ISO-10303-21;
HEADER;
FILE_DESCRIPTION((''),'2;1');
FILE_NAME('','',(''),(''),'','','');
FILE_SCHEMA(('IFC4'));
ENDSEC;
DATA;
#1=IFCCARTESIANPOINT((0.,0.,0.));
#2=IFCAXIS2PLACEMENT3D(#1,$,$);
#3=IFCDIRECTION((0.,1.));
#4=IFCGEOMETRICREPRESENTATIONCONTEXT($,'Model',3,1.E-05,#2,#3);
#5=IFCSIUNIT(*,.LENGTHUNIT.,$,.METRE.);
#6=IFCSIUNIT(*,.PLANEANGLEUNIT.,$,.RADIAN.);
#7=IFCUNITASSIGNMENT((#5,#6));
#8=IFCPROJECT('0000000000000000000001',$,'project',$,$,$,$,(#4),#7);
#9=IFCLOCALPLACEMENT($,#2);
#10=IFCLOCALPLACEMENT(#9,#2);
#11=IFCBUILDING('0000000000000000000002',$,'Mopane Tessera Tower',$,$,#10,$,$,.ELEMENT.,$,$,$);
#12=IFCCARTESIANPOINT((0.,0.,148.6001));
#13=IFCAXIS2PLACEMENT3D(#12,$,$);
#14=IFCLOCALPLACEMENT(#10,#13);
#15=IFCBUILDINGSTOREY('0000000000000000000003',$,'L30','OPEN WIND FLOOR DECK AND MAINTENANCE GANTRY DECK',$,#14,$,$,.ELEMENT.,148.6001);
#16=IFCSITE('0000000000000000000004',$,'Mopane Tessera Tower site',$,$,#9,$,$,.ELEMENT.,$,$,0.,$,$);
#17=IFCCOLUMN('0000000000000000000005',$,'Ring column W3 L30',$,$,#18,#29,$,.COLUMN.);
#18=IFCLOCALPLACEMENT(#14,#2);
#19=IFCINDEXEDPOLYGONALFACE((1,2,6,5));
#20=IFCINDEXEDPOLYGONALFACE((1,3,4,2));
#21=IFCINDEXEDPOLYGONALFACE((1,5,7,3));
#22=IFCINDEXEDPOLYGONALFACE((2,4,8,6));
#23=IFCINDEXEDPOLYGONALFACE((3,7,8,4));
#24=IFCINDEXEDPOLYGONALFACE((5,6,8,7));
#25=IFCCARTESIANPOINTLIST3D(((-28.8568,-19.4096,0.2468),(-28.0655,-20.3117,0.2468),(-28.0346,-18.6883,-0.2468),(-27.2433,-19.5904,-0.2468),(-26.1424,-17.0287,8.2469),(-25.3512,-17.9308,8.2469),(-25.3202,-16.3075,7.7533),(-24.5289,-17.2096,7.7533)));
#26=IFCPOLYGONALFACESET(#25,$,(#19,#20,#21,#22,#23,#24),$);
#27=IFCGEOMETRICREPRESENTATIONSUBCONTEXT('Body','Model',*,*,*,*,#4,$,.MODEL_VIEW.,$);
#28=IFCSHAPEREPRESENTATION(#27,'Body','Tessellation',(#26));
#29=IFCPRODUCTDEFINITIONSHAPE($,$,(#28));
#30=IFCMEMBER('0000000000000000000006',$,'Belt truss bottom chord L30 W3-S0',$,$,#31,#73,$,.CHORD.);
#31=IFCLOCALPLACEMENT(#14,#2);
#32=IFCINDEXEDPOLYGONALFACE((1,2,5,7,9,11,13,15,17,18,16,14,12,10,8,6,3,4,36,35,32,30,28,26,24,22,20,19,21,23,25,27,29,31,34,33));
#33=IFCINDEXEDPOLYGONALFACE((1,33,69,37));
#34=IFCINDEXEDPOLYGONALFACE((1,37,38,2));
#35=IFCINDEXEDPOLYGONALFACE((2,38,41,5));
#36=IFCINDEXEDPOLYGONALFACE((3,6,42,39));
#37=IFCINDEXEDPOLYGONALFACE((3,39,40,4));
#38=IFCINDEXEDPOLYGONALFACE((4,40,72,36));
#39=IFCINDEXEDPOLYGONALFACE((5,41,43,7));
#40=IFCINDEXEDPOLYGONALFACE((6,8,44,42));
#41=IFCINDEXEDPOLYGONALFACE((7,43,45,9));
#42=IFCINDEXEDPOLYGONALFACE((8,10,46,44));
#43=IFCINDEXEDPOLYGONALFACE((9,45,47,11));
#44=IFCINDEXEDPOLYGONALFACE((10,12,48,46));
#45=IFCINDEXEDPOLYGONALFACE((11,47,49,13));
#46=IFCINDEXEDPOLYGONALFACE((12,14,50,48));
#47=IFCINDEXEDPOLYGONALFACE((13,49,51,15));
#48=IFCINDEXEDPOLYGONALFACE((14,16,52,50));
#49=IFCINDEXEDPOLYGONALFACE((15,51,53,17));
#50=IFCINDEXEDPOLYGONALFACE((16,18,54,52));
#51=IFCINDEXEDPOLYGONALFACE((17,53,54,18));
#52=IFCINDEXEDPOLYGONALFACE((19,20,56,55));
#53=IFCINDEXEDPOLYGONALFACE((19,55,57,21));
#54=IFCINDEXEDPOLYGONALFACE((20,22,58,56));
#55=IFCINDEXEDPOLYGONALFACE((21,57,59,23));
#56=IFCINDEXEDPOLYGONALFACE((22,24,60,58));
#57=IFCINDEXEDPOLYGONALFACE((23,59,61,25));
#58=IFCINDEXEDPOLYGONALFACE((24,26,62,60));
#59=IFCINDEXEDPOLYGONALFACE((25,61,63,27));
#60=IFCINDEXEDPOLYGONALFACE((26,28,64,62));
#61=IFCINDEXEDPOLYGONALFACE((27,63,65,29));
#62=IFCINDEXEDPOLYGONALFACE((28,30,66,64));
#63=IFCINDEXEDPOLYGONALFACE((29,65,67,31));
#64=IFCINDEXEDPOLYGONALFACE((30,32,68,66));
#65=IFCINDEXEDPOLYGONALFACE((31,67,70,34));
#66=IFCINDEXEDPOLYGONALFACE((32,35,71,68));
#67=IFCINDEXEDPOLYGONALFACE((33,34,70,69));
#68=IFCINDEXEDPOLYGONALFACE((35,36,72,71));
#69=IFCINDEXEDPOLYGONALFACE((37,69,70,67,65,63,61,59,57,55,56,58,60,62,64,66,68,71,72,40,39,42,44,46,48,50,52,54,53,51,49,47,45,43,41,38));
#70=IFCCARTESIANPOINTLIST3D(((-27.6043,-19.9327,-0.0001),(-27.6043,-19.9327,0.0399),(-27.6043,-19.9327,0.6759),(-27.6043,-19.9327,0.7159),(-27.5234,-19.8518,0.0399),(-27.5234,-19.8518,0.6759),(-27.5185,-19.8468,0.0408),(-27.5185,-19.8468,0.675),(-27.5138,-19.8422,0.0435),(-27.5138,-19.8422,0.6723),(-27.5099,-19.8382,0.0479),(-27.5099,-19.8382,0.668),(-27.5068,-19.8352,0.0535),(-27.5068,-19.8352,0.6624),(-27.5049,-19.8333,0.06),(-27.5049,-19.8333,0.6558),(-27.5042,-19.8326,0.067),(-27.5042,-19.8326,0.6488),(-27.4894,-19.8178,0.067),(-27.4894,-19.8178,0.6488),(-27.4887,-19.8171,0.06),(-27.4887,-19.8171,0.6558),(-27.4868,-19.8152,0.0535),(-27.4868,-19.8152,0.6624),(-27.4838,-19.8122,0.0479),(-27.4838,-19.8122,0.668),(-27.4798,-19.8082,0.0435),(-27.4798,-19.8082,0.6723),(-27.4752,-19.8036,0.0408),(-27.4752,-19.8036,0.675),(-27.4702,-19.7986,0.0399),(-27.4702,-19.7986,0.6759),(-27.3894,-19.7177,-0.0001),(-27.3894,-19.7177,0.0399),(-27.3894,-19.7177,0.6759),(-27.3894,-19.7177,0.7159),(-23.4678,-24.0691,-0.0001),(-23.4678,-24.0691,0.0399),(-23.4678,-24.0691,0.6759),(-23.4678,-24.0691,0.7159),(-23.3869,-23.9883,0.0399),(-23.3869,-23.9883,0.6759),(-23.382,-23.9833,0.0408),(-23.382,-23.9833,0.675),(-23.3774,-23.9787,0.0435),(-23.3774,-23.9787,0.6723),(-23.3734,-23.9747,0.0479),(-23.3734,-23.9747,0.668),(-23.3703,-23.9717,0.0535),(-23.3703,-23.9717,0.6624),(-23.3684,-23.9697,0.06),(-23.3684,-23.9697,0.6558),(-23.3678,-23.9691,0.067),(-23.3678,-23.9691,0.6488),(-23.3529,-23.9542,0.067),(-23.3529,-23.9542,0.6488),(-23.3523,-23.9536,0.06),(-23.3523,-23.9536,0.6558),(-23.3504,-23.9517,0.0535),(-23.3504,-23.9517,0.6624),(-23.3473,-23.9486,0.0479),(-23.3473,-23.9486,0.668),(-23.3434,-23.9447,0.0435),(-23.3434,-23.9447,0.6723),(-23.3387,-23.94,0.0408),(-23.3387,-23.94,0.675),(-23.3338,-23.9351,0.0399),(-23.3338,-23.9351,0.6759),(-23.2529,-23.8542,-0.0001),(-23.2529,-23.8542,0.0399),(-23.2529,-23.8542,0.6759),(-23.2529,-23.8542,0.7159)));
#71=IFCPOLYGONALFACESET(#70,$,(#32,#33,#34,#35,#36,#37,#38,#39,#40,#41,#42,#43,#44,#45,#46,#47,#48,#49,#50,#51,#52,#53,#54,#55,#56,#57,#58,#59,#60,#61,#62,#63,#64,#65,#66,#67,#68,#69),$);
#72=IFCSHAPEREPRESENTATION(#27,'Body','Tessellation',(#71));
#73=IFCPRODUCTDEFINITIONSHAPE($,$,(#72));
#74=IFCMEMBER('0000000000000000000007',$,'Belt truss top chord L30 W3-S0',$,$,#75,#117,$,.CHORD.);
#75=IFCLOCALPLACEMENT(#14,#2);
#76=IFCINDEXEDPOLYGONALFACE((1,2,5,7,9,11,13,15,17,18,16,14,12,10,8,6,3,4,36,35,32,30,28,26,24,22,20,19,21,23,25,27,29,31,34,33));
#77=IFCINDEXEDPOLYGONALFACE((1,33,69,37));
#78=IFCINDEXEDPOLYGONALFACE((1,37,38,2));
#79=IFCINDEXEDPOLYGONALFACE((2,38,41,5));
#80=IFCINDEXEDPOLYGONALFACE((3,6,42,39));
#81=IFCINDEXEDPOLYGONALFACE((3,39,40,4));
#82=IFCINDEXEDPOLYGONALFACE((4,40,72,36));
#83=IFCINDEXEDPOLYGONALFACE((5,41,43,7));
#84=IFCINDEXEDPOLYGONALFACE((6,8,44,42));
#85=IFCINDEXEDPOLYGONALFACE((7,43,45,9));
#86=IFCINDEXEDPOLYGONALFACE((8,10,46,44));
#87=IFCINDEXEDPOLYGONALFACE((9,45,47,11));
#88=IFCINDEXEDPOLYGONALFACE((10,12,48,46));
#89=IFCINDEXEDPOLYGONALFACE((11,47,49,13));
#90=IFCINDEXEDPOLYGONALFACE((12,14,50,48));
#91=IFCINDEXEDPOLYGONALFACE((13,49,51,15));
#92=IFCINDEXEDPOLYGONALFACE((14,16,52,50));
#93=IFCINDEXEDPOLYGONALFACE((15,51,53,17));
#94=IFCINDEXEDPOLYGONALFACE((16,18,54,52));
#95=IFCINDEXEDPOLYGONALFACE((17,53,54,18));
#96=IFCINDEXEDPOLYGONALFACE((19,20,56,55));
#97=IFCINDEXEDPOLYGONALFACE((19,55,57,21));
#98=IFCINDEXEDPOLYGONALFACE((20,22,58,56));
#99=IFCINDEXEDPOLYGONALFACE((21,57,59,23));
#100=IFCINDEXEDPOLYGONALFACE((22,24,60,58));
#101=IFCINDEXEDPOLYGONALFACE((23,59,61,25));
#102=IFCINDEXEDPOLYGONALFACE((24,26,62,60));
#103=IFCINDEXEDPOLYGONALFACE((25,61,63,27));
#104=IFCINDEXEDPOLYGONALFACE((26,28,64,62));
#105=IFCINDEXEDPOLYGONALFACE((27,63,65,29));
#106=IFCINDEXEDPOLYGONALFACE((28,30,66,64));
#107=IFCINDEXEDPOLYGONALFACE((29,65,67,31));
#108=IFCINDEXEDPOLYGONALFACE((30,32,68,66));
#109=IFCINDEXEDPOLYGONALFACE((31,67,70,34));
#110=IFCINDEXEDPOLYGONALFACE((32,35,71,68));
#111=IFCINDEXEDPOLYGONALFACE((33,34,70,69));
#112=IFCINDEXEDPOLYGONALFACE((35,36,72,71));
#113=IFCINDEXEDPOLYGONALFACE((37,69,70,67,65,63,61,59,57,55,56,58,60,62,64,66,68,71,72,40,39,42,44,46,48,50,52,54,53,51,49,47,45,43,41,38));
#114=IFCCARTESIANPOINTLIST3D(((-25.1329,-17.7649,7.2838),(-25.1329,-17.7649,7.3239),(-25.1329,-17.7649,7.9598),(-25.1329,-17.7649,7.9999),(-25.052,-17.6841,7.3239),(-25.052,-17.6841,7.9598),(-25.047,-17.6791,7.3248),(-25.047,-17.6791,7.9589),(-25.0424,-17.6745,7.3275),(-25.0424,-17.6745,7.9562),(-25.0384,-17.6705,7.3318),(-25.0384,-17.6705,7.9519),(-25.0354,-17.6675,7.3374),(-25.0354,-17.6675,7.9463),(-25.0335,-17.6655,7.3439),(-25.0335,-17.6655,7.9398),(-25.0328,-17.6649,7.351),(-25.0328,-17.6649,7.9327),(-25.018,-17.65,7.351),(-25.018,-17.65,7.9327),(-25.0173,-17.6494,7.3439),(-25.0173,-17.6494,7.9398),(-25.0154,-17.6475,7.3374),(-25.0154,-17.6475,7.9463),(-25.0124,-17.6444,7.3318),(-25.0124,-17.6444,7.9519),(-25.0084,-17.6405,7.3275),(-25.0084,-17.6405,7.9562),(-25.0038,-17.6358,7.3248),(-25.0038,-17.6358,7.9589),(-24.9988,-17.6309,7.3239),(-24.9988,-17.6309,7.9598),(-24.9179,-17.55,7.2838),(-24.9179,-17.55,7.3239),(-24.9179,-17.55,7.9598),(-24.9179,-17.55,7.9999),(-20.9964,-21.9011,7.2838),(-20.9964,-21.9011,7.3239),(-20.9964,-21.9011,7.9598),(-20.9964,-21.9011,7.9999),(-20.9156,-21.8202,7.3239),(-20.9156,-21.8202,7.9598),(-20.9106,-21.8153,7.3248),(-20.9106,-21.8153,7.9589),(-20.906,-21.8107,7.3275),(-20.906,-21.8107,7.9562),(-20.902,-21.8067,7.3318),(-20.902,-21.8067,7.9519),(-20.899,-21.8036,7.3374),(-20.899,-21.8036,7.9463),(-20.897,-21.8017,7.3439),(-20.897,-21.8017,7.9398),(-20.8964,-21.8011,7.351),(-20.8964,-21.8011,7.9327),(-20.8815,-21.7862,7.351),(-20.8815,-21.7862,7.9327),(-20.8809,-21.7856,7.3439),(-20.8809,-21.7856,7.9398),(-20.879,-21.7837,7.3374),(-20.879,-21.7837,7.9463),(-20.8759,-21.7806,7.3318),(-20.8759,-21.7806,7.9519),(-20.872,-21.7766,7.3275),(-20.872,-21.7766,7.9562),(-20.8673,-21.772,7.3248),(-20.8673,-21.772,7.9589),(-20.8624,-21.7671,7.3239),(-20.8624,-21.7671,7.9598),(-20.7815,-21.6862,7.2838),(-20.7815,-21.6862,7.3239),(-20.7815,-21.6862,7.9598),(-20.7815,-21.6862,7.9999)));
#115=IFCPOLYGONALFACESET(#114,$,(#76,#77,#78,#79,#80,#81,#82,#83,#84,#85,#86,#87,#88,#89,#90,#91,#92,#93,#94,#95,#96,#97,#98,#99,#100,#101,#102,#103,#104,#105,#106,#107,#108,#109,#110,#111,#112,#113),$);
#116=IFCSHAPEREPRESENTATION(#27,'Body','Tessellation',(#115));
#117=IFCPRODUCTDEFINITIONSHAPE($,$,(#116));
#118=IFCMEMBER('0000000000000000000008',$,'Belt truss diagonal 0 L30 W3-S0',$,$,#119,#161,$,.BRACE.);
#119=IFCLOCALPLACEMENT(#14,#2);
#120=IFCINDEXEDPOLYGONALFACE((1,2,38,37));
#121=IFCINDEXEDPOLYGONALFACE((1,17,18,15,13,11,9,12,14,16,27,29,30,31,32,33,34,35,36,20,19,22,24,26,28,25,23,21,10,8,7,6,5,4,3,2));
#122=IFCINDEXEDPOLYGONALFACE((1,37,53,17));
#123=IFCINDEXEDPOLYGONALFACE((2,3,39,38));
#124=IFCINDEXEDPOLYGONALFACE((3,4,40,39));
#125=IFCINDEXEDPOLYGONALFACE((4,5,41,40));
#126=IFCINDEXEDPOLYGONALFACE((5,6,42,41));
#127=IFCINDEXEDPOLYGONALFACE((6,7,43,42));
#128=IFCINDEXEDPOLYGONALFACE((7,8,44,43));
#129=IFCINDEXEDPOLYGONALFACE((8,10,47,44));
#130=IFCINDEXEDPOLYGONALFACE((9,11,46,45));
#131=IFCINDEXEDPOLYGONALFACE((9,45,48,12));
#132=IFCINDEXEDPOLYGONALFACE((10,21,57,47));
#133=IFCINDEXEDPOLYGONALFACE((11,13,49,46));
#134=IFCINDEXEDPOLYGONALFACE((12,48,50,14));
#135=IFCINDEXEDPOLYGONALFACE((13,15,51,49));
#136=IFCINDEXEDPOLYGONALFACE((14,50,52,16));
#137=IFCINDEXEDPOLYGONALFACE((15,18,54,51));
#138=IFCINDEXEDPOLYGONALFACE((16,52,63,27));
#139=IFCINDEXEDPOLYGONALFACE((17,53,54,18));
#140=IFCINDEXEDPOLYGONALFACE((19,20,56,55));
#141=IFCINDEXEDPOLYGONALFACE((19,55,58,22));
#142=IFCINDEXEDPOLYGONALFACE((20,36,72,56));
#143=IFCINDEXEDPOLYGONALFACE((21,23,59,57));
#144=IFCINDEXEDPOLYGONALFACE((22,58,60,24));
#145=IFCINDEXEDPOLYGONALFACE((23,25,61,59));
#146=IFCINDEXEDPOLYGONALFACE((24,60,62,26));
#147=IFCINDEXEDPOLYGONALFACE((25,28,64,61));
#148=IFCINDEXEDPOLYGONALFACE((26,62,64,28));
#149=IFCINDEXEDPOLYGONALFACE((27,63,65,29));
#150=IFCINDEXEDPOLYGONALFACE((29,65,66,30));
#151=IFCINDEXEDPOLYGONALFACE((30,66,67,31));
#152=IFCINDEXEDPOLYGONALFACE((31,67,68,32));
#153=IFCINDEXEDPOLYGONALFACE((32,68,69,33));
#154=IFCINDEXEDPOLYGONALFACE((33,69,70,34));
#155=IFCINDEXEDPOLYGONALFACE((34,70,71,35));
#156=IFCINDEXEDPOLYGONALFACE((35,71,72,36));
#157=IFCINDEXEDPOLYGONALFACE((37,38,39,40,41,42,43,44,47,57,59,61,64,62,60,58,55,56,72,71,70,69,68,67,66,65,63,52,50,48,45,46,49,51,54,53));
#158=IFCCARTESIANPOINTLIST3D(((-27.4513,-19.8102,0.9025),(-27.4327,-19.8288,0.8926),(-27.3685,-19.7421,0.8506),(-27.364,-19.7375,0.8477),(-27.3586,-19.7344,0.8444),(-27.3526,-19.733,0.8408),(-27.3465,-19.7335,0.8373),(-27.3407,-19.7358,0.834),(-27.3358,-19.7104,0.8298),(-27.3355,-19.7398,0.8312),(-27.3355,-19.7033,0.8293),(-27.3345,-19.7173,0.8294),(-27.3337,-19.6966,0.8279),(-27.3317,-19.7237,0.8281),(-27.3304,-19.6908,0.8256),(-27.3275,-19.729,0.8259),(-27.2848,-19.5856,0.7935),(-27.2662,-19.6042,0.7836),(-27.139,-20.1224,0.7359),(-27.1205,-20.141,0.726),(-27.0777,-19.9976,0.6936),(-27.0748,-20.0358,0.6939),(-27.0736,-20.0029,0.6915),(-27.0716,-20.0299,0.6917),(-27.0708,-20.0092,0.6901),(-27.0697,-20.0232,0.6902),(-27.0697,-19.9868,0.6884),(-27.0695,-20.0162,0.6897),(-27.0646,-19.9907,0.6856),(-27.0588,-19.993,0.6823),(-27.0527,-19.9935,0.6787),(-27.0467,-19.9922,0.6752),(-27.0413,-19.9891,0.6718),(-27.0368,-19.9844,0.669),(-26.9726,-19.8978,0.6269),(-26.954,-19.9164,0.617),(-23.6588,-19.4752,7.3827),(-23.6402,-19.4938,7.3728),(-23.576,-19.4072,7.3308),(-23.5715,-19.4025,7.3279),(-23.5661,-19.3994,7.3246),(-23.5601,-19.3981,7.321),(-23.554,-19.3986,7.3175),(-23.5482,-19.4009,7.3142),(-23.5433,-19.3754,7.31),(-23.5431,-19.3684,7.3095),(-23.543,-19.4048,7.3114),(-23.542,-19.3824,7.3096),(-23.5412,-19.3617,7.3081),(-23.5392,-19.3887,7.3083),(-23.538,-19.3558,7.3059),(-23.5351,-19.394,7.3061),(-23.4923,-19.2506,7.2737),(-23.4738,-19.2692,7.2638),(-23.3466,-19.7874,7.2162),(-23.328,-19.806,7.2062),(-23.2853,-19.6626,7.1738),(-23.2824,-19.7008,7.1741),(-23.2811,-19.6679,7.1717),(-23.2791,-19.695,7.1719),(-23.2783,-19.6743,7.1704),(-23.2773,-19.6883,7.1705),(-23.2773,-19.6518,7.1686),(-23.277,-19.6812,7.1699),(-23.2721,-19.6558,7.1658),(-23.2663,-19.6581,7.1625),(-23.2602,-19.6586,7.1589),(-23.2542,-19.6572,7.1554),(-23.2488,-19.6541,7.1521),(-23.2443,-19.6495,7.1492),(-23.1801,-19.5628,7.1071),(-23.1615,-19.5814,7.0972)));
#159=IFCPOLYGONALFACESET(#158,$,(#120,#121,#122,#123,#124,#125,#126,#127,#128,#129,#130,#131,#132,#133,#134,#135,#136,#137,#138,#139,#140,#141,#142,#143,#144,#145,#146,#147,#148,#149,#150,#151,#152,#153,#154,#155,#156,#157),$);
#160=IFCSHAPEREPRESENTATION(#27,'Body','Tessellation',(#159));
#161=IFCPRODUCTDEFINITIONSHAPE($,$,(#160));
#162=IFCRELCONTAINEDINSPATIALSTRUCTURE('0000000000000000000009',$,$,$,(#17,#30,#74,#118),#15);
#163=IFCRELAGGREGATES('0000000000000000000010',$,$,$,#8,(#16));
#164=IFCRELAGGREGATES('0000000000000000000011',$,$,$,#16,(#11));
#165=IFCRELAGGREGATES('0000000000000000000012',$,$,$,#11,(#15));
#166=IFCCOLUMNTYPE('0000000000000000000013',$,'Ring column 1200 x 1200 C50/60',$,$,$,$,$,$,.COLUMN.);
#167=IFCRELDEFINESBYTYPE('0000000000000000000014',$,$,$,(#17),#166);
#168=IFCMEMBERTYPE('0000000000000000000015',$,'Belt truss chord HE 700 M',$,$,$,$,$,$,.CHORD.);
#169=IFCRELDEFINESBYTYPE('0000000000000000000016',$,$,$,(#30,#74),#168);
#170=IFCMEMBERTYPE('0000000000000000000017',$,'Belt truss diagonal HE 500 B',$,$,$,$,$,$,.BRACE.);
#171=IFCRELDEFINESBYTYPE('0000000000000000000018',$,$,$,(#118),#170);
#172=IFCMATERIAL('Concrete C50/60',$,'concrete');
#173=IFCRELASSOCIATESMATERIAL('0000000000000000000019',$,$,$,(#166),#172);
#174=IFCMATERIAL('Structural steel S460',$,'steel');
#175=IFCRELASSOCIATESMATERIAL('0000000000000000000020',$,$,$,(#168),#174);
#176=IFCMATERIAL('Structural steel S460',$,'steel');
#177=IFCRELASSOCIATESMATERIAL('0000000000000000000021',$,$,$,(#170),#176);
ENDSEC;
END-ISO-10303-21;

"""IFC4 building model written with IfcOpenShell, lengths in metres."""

from ifc_helpers import new_model, si_unit, direction, frame, origin, origin_2d, place, context, subcontext, project, spatial, rectangle, i_section, extrude, material, material_profile, profile_set, type_object, element, save


model = new_model("IFC4")

# Units and contexts
model_context = context("Model", 3, precision=1e-05, world=origin(), true_north=direction((0.0, 1.0)))
body_context = subcontext(model_context, "Body", "Model", "MODEL_VIEW")
ifc_project = project(units=[si_unit("LENGTHUNIT", "METRE"), si_unit("PLANEANGLEUNIT", "RADIAN")], contexts=[model_context])

# Site, building, storey
site_placement = place(None, origin())
site = spatial("IfcSite", under=ifc_project, at=site_placement, Name="Mopane Tessera Tower site", CompositionType="ELEMENT", RefElevation=0.0)
building_placement = place(site_placement, origin())
building = spatial("IfcBuilding", under=site, at=building_placement, Name="Mopane Tessera Tower", CompositionType="ELEMENT")
storey_placement = place(building_placement, frame((0.0, 0.0, 148.6001)))
storey = spatial("IfcBuildingStorey", under=building, at=storey_placement, Name="L30", Description="OPEN WIND FLOOR DECK AND MAINTENANCE GANTRY DECK", CompositionType="ELEMENT", Elevation=148.6001)

# Column
ifc_material_1 = material(Name="Concrete C50/60", Category="concrete")
ifc_material_profile_1 = material_profile(ifc_material_1, rectangle(XDim=1.2, YDim=1.2, at=origin_2d()))
ifc_profile_set_1 = profile_set([ifc_material_profile_1], Name="Concrete C50/60")
column_type = type_object("IfcColumnType", Name="Ring column 1200 x 1200 C50/60", PredefinedType="COLUMN", material=ifc_profile_set_1)
column_placement = place(storey_placement, frame((-28.05, -19.5, 0.0), z_axis=(0.309257, 0.27126, 0.91147), x_axis=(-0.659414, 0.75178, 0.0)))
element("IfcColumn", 1, at=column_placement, inside=storey, type_object=column_type, Name="Ring column W3 L30", PredefinedType="COLUMN", context=body_context, shape_type="SweptSolid", body=[
    extrude(rectangle(XDim=1.2, YDim=1.2, at=origin_2d()), origin(), (0.0, 0.0, 1.0), 8.7771),
])

# Members
ifc_material_2 = material(Name="Structural steel S460", Category="steel")
ifc_material_profile_2 = material_profile(ifc_material_2, i_section(OverallWidth=0.304, OverallDepth=0.7161, WebThickness=0.021, FlangeThickness=0.04, FilletRadius=0.0271, at=origin_2d()))
ifc_profile_set_2 = profile_set([ifc_material_profile_2], Name="Structural steel S460")
member_type_1 = type_object("IfcMemberType", Name="Belt truss chord HE 700 M", PredefinedType="CHORD", material=ifc_profile_set_2)
member_1_placement = place(storey_placement, frame((-27.4968, -19.8252, 0.3579), z_axis=(0.707107, -0.707107, 0.0), x_axis=(0.707107, 0.707107, 0.0)))
element("IfcMember", 2, at=member_1_placement, inside=storey, type_object=member_type_1, Name="Belt truss bottom chord L30 W3-S0", PredefinedType="CHORD", context=body_context, shape_type="SweptSolid", body=[
    extrude(i_section(OverallWidth=0.304, OverallDepth=0.7161, WebThickness=0.021, FlangeThickness=0.04, FilletRadius=0.0271, at=origin_2d()), origin(), (0.0, 0.0, 1.0), 5.8499),
])
member_2_placement = place(storey_placement, frame((-25.0254, -17.6575, 7.6418), z_axis=(0.707128, -0.707086, 0.0), x_axis=(0.707086, 0.707128, 0.0)))
element("IfcMember", 3, at=member_2_placement, inside=storey, type_object=member_type_1, Name="Belt truss top chord L30 W3-S0", PredefinedType="CHORD", context=body_context, shape_type="SweptSolid", body=[
    extrude(i_section(OverallWidth=0.304, OverallDepth=0.7161, WebThickness=0.021, FlangeThickness=0.04, FilletRadius=0.0271, at=origin_2d()), origin(), (0.0, 0.0, 1.0), 5.8496),
])
ifc_material_3 = material(Name="Structural steel S460", Category="steel")
ifc_material_profile_3 = material_profile(ifc_material_3, i_section(OverallWidth=0.3, OverallDepth=0.5, WebThickness=0.0144, FlangeThickness=0.0281, FilletRadius=0.0271, at=origin_2d()))
ifc_profile_set_3 = profile_set([ifc_material_profile_3], Name="Structural steel S460")
member_type_2 = type_object("IfcMemberType", Name="Belt truss diagonal HE 500 B", PredefinedType="BRACE", material=ifc_profile_set_3)
member_3_placement = place(storey_placement, frame((-27.2026, -19.8633, 0.7598), z_axis=(0.504596, 0.044567, 0.862205), x_axis=(0.554693, 0.748541, -0.36332)))
element("IfcMember", 4, at=member_3_placement, inside=storey, type_object=member_type_2, Name="Belt truss diagonal 0 L30 W3-S0", PredefinedType="BRACE", context=body_context, shape_type="SweptSolid", body=[
    extrude(i_section(OverallWidth=0.3, OverallDepth=0.5, WebThickness=0.0144, FlangeThickness=0.0281, FilletRadius=0.0271, at=origin_2d()), origin(), (0.0, 0.0, 1.0), 7.5159),
])

save(model, "model.ifc")
